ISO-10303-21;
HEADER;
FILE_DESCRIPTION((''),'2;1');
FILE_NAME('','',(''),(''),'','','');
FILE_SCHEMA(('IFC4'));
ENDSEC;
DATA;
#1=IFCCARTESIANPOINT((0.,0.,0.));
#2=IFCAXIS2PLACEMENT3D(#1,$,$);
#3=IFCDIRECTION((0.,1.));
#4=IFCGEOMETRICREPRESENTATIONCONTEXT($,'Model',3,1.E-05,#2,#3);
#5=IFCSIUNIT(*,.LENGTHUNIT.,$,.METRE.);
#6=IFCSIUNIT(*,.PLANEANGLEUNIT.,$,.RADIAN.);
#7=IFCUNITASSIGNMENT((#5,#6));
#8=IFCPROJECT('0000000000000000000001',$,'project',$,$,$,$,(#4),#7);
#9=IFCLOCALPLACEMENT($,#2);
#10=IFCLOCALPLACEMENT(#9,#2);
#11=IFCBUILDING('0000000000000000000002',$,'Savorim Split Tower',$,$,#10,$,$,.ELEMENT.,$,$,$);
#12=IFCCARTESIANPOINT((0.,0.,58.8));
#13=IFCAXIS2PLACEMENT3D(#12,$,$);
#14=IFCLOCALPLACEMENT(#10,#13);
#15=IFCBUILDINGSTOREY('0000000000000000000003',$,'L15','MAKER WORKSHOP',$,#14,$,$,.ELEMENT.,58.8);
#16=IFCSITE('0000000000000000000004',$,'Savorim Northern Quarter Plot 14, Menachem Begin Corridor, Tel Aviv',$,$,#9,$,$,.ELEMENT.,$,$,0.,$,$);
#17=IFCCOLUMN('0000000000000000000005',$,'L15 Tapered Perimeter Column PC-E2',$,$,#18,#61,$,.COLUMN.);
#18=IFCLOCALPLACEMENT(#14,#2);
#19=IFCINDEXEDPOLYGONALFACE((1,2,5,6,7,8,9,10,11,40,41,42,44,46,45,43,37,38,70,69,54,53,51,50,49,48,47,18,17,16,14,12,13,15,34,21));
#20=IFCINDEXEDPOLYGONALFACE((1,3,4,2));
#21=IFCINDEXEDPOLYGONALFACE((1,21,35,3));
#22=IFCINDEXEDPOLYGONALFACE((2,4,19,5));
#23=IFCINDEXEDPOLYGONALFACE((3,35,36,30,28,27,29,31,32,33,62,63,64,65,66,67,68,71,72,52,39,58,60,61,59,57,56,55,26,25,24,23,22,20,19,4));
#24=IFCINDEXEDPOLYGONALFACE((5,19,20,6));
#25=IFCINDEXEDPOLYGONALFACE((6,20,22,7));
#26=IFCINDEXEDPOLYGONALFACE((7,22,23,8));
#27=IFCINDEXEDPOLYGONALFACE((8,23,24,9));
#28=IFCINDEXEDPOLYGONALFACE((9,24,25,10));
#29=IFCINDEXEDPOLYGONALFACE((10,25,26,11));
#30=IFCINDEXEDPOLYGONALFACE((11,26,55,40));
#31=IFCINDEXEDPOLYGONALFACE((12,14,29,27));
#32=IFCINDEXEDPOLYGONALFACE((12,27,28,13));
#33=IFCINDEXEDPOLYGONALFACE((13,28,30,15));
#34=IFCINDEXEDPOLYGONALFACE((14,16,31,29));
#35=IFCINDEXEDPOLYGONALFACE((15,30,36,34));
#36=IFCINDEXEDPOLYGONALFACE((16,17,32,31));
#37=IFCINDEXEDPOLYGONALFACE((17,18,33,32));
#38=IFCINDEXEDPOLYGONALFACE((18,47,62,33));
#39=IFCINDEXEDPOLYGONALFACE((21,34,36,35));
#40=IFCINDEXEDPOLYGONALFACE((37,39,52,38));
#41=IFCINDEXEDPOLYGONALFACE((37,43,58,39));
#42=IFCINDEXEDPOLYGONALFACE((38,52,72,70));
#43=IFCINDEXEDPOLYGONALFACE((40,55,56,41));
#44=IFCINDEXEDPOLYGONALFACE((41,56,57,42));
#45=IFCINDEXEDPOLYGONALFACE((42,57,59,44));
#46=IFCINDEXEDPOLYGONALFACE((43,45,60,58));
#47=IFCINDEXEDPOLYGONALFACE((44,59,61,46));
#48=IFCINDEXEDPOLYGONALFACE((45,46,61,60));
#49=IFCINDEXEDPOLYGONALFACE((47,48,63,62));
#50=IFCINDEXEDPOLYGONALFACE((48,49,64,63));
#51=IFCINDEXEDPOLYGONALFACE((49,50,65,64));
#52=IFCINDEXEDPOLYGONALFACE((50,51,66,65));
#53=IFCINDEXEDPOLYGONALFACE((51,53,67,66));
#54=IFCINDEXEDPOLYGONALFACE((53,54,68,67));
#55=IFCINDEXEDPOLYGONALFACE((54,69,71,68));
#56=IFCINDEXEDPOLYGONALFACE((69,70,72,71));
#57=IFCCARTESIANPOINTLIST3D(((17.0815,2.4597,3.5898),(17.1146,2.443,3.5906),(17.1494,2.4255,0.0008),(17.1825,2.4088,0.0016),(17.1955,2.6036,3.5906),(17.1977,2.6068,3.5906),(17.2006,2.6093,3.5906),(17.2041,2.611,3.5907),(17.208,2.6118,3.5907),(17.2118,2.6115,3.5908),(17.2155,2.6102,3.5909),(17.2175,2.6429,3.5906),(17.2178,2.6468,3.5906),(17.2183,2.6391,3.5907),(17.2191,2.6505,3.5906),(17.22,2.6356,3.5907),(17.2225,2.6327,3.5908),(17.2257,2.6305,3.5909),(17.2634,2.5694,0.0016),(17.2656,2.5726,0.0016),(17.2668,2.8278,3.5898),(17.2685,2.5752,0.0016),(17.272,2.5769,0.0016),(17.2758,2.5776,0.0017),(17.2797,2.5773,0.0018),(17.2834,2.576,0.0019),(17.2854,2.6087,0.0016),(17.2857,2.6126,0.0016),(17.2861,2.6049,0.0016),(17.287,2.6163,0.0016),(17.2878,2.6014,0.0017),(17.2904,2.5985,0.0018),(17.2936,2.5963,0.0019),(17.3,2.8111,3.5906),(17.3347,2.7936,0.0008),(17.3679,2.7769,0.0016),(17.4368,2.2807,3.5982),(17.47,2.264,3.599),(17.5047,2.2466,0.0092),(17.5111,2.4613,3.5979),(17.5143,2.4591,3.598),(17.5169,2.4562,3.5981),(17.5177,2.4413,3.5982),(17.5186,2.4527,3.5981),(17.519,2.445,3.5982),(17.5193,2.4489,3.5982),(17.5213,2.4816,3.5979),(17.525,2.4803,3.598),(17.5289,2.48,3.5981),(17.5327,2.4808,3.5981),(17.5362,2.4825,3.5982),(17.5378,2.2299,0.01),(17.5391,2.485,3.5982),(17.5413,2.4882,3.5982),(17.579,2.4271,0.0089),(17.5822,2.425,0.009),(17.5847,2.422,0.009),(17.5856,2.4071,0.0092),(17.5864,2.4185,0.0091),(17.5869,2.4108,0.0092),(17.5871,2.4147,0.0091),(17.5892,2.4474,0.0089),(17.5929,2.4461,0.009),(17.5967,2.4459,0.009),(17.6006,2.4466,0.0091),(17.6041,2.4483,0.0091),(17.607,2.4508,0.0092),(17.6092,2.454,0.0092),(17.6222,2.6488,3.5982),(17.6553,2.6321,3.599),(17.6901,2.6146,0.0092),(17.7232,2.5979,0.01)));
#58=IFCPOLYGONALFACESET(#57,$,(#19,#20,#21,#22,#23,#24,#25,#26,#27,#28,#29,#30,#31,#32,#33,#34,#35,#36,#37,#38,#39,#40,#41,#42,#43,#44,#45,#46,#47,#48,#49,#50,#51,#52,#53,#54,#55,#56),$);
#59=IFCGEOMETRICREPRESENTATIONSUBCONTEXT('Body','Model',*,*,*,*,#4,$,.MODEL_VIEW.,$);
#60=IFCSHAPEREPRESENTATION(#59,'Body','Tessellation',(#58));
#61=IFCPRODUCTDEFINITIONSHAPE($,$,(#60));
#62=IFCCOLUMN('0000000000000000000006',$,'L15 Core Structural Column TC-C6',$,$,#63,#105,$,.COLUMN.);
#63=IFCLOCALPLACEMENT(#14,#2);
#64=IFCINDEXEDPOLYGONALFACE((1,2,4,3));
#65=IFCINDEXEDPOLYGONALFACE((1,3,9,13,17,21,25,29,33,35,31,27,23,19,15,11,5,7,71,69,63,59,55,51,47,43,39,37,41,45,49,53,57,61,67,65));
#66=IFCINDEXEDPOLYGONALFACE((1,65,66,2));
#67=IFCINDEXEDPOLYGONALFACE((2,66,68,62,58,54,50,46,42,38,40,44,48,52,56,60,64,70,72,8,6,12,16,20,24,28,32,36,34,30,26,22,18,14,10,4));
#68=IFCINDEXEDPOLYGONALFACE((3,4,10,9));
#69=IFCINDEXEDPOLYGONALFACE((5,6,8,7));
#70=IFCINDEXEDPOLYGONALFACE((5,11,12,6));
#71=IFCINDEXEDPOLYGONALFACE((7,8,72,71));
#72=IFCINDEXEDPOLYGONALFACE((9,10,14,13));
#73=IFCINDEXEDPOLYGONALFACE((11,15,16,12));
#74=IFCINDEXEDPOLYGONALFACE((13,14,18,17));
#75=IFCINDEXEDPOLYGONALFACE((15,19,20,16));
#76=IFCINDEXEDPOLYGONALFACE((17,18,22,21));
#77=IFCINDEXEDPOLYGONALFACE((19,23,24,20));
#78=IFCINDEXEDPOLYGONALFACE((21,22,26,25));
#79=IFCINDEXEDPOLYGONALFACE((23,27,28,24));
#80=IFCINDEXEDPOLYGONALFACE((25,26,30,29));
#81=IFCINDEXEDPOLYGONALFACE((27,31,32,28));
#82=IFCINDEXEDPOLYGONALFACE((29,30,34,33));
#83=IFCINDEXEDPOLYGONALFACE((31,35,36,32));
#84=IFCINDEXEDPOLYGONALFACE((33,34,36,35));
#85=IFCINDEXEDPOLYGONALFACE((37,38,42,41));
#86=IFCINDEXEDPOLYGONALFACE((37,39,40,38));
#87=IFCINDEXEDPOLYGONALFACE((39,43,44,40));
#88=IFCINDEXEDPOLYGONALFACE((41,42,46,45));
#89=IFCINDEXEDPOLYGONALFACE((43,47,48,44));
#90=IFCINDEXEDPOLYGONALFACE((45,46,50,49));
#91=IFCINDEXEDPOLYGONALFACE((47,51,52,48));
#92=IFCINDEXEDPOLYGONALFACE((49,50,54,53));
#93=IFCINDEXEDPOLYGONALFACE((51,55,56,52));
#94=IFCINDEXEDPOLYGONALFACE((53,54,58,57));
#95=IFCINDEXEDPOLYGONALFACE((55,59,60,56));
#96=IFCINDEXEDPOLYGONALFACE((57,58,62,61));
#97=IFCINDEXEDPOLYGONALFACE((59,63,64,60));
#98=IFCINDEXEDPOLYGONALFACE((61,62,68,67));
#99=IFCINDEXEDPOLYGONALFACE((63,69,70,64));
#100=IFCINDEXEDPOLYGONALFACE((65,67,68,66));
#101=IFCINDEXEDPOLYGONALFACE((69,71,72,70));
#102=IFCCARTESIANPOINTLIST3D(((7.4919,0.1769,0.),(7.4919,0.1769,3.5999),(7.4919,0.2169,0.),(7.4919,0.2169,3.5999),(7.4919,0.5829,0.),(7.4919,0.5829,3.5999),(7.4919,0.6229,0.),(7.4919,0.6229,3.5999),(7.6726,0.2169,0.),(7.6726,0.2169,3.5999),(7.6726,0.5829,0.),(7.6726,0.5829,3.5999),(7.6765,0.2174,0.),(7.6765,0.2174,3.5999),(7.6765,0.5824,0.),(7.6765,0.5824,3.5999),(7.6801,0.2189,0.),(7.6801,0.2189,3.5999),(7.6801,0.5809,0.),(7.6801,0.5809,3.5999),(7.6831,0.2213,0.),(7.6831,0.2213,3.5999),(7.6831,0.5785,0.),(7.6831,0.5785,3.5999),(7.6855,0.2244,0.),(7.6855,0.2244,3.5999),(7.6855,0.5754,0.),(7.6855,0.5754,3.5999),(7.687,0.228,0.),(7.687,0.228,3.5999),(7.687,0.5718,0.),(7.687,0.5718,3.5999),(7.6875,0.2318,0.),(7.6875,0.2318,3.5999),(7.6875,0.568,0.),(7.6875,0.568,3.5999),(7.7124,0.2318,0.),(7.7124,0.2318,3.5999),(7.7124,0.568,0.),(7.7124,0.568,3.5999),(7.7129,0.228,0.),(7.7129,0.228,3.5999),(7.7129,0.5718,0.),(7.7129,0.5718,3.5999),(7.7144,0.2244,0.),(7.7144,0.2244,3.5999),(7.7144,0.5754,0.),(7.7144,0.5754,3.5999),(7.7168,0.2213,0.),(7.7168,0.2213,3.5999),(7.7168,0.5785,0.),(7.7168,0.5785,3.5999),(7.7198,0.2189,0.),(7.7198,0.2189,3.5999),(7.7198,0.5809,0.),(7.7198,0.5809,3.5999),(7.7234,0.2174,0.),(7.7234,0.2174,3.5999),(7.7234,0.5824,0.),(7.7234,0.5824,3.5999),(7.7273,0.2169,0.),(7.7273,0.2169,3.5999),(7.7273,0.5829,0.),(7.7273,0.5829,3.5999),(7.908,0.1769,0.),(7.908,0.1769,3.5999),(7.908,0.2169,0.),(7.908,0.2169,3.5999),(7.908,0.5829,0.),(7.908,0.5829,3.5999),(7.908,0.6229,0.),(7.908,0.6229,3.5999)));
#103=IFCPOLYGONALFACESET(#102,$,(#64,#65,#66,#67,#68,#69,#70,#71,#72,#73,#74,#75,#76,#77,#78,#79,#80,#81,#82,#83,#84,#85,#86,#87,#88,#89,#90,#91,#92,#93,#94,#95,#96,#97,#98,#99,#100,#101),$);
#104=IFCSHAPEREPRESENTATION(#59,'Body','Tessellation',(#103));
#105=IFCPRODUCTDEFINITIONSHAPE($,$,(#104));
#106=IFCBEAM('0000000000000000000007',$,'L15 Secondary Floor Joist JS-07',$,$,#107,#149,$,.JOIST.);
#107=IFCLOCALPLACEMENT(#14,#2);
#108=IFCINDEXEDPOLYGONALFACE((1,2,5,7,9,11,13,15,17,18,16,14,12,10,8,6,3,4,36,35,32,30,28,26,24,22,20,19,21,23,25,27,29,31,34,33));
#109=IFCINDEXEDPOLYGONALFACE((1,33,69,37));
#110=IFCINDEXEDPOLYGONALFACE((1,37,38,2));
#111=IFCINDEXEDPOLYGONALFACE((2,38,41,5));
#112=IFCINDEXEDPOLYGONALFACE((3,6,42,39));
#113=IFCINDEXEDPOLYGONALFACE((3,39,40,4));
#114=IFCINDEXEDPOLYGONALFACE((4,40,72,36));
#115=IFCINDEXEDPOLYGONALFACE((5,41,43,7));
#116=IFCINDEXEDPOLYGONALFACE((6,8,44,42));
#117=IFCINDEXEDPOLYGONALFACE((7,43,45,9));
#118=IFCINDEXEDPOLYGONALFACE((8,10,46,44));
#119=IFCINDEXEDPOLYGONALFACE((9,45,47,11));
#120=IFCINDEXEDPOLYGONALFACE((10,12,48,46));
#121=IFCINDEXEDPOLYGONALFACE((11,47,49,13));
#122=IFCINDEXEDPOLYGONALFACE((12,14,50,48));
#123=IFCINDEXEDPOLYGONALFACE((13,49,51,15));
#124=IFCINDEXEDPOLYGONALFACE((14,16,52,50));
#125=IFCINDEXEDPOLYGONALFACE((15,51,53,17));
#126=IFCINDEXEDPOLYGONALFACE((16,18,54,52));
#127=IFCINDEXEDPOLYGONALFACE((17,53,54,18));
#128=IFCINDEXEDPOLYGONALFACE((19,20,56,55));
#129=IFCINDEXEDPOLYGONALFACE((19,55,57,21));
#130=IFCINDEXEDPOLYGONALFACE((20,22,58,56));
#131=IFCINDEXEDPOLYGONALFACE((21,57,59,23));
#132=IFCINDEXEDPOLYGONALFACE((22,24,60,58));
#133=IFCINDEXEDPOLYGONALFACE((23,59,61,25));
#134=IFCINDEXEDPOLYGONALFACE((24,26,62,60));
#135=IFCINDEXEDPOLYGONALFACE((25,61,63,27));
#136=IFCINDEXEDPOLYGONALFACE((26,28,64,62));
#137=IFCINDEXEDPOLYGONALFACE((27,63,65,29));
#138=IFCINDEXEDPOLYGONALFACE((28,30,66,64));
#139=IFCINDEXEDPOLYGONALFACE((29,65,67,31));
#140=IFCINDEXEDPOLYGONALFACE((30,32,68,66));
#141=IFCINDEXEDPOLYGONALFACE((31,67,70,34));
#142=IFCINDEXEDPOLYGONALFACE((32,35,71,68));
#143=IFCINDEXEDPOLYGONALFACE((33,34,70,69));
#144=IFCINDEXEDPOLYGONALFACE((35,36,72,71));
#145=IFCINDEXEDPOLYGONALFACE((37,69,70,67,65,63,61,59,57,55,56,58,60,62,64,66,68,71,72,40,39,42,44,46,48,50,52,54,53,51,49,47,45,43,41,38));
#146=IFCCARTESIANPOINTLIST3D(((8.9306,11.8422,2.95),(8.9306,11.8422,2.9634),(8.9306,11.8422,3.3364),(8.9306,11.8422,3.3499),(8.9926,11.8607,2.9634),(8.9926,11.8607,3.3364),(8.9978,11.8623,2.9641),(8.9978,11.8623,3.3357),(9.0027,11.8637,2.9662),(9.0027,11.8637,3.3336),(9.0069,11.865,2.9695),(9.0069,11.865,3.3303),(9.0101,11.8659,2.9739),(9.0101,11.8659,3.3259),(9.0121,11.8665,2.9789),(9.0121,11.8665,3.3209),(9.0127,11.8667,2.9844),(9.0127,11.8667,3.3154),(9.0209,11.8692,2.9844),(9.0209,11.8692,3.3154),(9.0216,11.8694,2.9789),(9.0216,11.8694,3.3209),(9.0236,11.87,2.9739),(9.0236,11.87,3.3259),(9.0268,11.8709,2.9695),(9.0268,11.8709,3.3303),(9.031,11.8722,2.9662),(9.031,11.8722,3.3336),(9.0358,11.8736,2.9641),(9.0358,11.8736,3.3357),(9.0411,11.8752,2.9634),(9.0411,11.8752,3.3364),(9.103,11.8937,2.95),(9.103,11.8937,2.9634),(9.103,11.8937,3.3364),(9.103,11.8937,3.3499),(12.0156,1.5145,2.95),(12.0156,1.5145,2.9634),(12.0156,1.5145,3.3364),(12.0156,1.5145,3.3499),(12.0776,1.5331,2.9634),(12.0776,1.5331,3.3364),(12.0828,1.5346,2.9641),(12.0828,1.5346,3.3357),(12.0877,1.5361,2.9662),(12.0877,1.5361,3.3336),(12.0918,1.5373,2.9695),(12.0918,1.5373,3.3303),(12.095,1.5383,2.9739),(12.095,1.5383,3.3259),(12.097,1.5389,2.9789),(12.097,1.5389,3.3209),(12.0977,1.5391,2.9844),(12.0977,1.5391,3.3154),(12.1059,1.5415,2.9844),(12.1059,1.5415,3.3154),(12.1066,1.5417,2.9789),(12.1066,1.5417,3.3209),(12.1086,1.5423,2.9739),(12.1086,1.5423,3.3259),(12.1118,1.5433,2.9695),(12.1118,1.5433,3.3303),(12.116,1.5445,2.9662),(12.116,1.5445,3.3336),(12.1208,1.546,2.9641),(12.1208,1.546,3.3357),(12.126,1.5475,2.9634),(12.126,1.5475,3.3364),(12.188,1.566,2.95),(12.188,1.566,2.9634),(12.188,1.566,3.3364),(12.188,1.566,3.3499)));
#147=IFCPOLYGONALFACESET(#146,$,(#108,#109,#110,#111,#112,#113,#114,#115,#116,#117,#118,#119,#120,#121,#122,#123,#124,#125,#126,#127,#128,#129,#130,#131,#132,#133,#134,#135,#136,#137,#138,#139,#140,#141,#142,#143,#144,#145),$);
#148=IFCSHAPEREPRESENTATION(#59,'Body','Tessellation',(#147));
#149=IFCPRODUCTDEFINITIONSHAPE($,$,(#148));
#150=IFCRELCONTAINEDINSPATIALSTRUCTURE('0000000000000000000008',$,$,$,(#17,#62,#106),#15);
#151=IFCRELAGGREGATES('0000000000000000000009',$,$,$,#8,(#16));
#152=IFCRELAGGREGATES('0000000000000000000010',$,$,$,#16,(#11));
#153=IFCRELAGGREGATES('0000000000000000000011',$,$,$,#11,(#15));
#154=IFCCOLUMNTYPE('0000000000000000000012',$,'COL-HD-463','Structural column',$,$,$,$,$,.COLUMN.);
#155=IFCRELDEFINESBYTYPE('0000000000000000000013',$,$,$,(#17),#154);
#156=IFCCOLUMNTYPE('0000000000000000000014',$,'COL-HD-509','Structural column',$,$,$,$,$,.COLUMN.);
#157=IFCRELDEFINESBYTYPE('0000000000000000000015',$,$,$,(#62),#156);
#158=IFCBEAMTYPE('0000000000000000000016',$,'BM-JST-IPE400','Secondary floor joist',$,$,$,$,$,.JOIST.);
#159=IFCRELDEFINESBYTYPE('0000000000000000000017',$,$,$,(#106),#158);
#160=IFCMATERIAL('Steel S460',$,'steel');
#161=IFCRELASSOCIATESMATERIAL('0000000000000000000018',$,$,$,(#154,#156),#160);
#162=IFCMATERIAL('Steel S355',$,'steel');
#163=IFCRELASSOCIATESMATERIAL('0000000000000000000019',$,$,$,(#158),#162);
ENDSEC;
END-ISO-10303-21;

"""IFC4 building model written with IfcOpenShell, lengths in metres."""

from ifc_helpers import new_model, si_unit, direction, frame, origin, origin_2d, place, context, subcontext, project, spatial, i_section, extrude, material, material_profile, profile_set, type_object, element, save


model = new_model("IFC4")

# Units and contexts
model_context = context("Model", 3, precision=1e-05, world=origin(), true_north=direction((0.0, 1.0)))
body_context = subcontext(model_context, "Body", "Model", "MODEL_VIEW")
ifc_project = project(units=[si_unit("LENGTHUNIT", "METRE"), si_unit("PLANEANGLEUNIT", "RADIAN")], contexts=[model_context])

# Site, building, storey
site_placement = place(None, origin())
site = spatial("IfcSite", under=ifc_project, at=site_placement, Name="Savorim Northern Quarter Plot 14, Menachem Begin Corridor, Tel Aviv", CompositionType="ELEMENT", RefElevation=0.0)
building_placement = place(site_placement, origin())
building = spatial("IfcBuilding", under=site, at=building_placement, Name="Savorim Split Tower", CompositionType="ELEMENT")
storey_placement = place(building_placement, frame((0.0, 0.0, 58.8)))
storey = spatial("IfcBuildingStorey", under=building, at=storey_placement, Name="L15", Description="MAKER WORKSHOP", CompositionType="ELEMENT", Elevation=58.8)

# Columns
ifc_material_1 = material(Name="Steel S460", Category="steel")
ifc_material_profile_1 = material_profile(ifc_material_1, i_section(OverallWidth=0.4121, OverallDepth=0.4351, WebThickness=0.0227, FlangeThickness=0.0371, FilletRadius=0.0149, at=origin_2d()), Name="HD 400x463")
ifc_profile_set_1 = profile_set([ifc_material_profile_1], Name="Steel S460")
column_type_1 = type_object("IfcColumnType", Name="COL-HD-463", Description="Structural column", PredefinedType="COLUMN", material=ifc_profile_set_1)
column_1_placement = place(storey_placement, frame((17.4363, 2.5117, 0.0054), z_axis=(-0.018906, 0.009521, 0.999776), x_axis=(-0.449782, -0.893138, 0.0)))
element("IfcColumn", 1, at=column_1_placement, inside=storey, type_object=column_type_1, Name="L15 Tapered Perimeter Column PC-E2", PredefinedType="COLUMN", context=body_context, shape_type="SweptSolid", body=[
    extrude(i_section(OverallWidth=0.4121, OverallDepth=0.4351, WebThickness=0.0227, FlangeThickness=0.0371, FilletRadius=0.0149, at=origin_2d()), origin(), (0.0, 0.0, 1.0), 3.5898),
])
ifc_material_profile_2 = material_profile(ifc_material_1, i_section(OverallWidth=0.416, OverallDepth=0.446, WebThickness=0.0249, FlangeThickness=0.04, FilletRadius=0.0149, at=origin_2d()), Name="HD 400x509")
ifc_profile_set_2 = profile_set([ifc_material_profile_2], Name="Steel S460")
column_type_2 = type_object("IfcColumnType", Name="COL-HD-509", Description="Structural column", PredefinedType="COLUMN", material=ifc_profile_set_2)
column_2_placement = place(storey_placement, frame((7.7, 0.3999, 0.0), z_axis=(0.0, 0.0, 1.0), x_axis=(1.0, 0.0, 0.0)))
element("IfcColumn", 2, at=column_2_placement, inside=storey, type_object=column_type_2, Name="L15 Core Structural Column TC-C6", PredefinedType="COLUMN", context=body_context, shape_type="SweptSolid", body=[
    extrude(i_section(OverallWidth=0.416, OverallDepth=0.446, WebThickness=0.0249, FlangeThickness=0.04, FilletRadius=0.0149, at=origin_2d()), origin(), (0.0, 0.0, 1.0), 3.5999),
])

# Beam
ifc_material_2 = material(Name="Steel S355", Category="steel")
ifc_material_profile_3 = material_profile(ifc_material_2, i_section(OverallWidth=0.1799, OverallDepth=0.3999, WebThickness=0.0085, FlangeThickness=0.0134, FilletRadius=0.021, at=origin_2d()), Name="IPE 400")
ifc_profile_set_3 = profile_set([ifc_material_profile_3], Name="Steel S355")
beam_type_1 = type_object("IfcBeamType", Name="BM-JST-IPE400", Description="Secondary floor joist", PredefinedType="JOIST", material=ifc_profile_set_3)
beam_1_placement = place(storey_placement, frame((12.1018, 1.5403, 3.1499), z_axis=(-0.286213, 0.958166, 0.0), x_axis=(-0.958166, -0.286213, 0.0)))
element("IfcBeam", 3, at=beam_1_placement, inside=storey, type_object=beam_type_1, Name="L15 Secondary Floor Joist JS-07", PredefinedType="JOIST", context=body_context, shape_type="SweptSolid", body=[
    extrude(i_section(OverallWidth=0.1799, OverallDepth=0.3999, WebThickness=0.0085, FlangeThickness=0.0134, FilletRadius=0.021, at=origin_2d()), origin(), (0.0, 0.0, 1.0), 10.7786),
])

save(model, "model.ifc")
